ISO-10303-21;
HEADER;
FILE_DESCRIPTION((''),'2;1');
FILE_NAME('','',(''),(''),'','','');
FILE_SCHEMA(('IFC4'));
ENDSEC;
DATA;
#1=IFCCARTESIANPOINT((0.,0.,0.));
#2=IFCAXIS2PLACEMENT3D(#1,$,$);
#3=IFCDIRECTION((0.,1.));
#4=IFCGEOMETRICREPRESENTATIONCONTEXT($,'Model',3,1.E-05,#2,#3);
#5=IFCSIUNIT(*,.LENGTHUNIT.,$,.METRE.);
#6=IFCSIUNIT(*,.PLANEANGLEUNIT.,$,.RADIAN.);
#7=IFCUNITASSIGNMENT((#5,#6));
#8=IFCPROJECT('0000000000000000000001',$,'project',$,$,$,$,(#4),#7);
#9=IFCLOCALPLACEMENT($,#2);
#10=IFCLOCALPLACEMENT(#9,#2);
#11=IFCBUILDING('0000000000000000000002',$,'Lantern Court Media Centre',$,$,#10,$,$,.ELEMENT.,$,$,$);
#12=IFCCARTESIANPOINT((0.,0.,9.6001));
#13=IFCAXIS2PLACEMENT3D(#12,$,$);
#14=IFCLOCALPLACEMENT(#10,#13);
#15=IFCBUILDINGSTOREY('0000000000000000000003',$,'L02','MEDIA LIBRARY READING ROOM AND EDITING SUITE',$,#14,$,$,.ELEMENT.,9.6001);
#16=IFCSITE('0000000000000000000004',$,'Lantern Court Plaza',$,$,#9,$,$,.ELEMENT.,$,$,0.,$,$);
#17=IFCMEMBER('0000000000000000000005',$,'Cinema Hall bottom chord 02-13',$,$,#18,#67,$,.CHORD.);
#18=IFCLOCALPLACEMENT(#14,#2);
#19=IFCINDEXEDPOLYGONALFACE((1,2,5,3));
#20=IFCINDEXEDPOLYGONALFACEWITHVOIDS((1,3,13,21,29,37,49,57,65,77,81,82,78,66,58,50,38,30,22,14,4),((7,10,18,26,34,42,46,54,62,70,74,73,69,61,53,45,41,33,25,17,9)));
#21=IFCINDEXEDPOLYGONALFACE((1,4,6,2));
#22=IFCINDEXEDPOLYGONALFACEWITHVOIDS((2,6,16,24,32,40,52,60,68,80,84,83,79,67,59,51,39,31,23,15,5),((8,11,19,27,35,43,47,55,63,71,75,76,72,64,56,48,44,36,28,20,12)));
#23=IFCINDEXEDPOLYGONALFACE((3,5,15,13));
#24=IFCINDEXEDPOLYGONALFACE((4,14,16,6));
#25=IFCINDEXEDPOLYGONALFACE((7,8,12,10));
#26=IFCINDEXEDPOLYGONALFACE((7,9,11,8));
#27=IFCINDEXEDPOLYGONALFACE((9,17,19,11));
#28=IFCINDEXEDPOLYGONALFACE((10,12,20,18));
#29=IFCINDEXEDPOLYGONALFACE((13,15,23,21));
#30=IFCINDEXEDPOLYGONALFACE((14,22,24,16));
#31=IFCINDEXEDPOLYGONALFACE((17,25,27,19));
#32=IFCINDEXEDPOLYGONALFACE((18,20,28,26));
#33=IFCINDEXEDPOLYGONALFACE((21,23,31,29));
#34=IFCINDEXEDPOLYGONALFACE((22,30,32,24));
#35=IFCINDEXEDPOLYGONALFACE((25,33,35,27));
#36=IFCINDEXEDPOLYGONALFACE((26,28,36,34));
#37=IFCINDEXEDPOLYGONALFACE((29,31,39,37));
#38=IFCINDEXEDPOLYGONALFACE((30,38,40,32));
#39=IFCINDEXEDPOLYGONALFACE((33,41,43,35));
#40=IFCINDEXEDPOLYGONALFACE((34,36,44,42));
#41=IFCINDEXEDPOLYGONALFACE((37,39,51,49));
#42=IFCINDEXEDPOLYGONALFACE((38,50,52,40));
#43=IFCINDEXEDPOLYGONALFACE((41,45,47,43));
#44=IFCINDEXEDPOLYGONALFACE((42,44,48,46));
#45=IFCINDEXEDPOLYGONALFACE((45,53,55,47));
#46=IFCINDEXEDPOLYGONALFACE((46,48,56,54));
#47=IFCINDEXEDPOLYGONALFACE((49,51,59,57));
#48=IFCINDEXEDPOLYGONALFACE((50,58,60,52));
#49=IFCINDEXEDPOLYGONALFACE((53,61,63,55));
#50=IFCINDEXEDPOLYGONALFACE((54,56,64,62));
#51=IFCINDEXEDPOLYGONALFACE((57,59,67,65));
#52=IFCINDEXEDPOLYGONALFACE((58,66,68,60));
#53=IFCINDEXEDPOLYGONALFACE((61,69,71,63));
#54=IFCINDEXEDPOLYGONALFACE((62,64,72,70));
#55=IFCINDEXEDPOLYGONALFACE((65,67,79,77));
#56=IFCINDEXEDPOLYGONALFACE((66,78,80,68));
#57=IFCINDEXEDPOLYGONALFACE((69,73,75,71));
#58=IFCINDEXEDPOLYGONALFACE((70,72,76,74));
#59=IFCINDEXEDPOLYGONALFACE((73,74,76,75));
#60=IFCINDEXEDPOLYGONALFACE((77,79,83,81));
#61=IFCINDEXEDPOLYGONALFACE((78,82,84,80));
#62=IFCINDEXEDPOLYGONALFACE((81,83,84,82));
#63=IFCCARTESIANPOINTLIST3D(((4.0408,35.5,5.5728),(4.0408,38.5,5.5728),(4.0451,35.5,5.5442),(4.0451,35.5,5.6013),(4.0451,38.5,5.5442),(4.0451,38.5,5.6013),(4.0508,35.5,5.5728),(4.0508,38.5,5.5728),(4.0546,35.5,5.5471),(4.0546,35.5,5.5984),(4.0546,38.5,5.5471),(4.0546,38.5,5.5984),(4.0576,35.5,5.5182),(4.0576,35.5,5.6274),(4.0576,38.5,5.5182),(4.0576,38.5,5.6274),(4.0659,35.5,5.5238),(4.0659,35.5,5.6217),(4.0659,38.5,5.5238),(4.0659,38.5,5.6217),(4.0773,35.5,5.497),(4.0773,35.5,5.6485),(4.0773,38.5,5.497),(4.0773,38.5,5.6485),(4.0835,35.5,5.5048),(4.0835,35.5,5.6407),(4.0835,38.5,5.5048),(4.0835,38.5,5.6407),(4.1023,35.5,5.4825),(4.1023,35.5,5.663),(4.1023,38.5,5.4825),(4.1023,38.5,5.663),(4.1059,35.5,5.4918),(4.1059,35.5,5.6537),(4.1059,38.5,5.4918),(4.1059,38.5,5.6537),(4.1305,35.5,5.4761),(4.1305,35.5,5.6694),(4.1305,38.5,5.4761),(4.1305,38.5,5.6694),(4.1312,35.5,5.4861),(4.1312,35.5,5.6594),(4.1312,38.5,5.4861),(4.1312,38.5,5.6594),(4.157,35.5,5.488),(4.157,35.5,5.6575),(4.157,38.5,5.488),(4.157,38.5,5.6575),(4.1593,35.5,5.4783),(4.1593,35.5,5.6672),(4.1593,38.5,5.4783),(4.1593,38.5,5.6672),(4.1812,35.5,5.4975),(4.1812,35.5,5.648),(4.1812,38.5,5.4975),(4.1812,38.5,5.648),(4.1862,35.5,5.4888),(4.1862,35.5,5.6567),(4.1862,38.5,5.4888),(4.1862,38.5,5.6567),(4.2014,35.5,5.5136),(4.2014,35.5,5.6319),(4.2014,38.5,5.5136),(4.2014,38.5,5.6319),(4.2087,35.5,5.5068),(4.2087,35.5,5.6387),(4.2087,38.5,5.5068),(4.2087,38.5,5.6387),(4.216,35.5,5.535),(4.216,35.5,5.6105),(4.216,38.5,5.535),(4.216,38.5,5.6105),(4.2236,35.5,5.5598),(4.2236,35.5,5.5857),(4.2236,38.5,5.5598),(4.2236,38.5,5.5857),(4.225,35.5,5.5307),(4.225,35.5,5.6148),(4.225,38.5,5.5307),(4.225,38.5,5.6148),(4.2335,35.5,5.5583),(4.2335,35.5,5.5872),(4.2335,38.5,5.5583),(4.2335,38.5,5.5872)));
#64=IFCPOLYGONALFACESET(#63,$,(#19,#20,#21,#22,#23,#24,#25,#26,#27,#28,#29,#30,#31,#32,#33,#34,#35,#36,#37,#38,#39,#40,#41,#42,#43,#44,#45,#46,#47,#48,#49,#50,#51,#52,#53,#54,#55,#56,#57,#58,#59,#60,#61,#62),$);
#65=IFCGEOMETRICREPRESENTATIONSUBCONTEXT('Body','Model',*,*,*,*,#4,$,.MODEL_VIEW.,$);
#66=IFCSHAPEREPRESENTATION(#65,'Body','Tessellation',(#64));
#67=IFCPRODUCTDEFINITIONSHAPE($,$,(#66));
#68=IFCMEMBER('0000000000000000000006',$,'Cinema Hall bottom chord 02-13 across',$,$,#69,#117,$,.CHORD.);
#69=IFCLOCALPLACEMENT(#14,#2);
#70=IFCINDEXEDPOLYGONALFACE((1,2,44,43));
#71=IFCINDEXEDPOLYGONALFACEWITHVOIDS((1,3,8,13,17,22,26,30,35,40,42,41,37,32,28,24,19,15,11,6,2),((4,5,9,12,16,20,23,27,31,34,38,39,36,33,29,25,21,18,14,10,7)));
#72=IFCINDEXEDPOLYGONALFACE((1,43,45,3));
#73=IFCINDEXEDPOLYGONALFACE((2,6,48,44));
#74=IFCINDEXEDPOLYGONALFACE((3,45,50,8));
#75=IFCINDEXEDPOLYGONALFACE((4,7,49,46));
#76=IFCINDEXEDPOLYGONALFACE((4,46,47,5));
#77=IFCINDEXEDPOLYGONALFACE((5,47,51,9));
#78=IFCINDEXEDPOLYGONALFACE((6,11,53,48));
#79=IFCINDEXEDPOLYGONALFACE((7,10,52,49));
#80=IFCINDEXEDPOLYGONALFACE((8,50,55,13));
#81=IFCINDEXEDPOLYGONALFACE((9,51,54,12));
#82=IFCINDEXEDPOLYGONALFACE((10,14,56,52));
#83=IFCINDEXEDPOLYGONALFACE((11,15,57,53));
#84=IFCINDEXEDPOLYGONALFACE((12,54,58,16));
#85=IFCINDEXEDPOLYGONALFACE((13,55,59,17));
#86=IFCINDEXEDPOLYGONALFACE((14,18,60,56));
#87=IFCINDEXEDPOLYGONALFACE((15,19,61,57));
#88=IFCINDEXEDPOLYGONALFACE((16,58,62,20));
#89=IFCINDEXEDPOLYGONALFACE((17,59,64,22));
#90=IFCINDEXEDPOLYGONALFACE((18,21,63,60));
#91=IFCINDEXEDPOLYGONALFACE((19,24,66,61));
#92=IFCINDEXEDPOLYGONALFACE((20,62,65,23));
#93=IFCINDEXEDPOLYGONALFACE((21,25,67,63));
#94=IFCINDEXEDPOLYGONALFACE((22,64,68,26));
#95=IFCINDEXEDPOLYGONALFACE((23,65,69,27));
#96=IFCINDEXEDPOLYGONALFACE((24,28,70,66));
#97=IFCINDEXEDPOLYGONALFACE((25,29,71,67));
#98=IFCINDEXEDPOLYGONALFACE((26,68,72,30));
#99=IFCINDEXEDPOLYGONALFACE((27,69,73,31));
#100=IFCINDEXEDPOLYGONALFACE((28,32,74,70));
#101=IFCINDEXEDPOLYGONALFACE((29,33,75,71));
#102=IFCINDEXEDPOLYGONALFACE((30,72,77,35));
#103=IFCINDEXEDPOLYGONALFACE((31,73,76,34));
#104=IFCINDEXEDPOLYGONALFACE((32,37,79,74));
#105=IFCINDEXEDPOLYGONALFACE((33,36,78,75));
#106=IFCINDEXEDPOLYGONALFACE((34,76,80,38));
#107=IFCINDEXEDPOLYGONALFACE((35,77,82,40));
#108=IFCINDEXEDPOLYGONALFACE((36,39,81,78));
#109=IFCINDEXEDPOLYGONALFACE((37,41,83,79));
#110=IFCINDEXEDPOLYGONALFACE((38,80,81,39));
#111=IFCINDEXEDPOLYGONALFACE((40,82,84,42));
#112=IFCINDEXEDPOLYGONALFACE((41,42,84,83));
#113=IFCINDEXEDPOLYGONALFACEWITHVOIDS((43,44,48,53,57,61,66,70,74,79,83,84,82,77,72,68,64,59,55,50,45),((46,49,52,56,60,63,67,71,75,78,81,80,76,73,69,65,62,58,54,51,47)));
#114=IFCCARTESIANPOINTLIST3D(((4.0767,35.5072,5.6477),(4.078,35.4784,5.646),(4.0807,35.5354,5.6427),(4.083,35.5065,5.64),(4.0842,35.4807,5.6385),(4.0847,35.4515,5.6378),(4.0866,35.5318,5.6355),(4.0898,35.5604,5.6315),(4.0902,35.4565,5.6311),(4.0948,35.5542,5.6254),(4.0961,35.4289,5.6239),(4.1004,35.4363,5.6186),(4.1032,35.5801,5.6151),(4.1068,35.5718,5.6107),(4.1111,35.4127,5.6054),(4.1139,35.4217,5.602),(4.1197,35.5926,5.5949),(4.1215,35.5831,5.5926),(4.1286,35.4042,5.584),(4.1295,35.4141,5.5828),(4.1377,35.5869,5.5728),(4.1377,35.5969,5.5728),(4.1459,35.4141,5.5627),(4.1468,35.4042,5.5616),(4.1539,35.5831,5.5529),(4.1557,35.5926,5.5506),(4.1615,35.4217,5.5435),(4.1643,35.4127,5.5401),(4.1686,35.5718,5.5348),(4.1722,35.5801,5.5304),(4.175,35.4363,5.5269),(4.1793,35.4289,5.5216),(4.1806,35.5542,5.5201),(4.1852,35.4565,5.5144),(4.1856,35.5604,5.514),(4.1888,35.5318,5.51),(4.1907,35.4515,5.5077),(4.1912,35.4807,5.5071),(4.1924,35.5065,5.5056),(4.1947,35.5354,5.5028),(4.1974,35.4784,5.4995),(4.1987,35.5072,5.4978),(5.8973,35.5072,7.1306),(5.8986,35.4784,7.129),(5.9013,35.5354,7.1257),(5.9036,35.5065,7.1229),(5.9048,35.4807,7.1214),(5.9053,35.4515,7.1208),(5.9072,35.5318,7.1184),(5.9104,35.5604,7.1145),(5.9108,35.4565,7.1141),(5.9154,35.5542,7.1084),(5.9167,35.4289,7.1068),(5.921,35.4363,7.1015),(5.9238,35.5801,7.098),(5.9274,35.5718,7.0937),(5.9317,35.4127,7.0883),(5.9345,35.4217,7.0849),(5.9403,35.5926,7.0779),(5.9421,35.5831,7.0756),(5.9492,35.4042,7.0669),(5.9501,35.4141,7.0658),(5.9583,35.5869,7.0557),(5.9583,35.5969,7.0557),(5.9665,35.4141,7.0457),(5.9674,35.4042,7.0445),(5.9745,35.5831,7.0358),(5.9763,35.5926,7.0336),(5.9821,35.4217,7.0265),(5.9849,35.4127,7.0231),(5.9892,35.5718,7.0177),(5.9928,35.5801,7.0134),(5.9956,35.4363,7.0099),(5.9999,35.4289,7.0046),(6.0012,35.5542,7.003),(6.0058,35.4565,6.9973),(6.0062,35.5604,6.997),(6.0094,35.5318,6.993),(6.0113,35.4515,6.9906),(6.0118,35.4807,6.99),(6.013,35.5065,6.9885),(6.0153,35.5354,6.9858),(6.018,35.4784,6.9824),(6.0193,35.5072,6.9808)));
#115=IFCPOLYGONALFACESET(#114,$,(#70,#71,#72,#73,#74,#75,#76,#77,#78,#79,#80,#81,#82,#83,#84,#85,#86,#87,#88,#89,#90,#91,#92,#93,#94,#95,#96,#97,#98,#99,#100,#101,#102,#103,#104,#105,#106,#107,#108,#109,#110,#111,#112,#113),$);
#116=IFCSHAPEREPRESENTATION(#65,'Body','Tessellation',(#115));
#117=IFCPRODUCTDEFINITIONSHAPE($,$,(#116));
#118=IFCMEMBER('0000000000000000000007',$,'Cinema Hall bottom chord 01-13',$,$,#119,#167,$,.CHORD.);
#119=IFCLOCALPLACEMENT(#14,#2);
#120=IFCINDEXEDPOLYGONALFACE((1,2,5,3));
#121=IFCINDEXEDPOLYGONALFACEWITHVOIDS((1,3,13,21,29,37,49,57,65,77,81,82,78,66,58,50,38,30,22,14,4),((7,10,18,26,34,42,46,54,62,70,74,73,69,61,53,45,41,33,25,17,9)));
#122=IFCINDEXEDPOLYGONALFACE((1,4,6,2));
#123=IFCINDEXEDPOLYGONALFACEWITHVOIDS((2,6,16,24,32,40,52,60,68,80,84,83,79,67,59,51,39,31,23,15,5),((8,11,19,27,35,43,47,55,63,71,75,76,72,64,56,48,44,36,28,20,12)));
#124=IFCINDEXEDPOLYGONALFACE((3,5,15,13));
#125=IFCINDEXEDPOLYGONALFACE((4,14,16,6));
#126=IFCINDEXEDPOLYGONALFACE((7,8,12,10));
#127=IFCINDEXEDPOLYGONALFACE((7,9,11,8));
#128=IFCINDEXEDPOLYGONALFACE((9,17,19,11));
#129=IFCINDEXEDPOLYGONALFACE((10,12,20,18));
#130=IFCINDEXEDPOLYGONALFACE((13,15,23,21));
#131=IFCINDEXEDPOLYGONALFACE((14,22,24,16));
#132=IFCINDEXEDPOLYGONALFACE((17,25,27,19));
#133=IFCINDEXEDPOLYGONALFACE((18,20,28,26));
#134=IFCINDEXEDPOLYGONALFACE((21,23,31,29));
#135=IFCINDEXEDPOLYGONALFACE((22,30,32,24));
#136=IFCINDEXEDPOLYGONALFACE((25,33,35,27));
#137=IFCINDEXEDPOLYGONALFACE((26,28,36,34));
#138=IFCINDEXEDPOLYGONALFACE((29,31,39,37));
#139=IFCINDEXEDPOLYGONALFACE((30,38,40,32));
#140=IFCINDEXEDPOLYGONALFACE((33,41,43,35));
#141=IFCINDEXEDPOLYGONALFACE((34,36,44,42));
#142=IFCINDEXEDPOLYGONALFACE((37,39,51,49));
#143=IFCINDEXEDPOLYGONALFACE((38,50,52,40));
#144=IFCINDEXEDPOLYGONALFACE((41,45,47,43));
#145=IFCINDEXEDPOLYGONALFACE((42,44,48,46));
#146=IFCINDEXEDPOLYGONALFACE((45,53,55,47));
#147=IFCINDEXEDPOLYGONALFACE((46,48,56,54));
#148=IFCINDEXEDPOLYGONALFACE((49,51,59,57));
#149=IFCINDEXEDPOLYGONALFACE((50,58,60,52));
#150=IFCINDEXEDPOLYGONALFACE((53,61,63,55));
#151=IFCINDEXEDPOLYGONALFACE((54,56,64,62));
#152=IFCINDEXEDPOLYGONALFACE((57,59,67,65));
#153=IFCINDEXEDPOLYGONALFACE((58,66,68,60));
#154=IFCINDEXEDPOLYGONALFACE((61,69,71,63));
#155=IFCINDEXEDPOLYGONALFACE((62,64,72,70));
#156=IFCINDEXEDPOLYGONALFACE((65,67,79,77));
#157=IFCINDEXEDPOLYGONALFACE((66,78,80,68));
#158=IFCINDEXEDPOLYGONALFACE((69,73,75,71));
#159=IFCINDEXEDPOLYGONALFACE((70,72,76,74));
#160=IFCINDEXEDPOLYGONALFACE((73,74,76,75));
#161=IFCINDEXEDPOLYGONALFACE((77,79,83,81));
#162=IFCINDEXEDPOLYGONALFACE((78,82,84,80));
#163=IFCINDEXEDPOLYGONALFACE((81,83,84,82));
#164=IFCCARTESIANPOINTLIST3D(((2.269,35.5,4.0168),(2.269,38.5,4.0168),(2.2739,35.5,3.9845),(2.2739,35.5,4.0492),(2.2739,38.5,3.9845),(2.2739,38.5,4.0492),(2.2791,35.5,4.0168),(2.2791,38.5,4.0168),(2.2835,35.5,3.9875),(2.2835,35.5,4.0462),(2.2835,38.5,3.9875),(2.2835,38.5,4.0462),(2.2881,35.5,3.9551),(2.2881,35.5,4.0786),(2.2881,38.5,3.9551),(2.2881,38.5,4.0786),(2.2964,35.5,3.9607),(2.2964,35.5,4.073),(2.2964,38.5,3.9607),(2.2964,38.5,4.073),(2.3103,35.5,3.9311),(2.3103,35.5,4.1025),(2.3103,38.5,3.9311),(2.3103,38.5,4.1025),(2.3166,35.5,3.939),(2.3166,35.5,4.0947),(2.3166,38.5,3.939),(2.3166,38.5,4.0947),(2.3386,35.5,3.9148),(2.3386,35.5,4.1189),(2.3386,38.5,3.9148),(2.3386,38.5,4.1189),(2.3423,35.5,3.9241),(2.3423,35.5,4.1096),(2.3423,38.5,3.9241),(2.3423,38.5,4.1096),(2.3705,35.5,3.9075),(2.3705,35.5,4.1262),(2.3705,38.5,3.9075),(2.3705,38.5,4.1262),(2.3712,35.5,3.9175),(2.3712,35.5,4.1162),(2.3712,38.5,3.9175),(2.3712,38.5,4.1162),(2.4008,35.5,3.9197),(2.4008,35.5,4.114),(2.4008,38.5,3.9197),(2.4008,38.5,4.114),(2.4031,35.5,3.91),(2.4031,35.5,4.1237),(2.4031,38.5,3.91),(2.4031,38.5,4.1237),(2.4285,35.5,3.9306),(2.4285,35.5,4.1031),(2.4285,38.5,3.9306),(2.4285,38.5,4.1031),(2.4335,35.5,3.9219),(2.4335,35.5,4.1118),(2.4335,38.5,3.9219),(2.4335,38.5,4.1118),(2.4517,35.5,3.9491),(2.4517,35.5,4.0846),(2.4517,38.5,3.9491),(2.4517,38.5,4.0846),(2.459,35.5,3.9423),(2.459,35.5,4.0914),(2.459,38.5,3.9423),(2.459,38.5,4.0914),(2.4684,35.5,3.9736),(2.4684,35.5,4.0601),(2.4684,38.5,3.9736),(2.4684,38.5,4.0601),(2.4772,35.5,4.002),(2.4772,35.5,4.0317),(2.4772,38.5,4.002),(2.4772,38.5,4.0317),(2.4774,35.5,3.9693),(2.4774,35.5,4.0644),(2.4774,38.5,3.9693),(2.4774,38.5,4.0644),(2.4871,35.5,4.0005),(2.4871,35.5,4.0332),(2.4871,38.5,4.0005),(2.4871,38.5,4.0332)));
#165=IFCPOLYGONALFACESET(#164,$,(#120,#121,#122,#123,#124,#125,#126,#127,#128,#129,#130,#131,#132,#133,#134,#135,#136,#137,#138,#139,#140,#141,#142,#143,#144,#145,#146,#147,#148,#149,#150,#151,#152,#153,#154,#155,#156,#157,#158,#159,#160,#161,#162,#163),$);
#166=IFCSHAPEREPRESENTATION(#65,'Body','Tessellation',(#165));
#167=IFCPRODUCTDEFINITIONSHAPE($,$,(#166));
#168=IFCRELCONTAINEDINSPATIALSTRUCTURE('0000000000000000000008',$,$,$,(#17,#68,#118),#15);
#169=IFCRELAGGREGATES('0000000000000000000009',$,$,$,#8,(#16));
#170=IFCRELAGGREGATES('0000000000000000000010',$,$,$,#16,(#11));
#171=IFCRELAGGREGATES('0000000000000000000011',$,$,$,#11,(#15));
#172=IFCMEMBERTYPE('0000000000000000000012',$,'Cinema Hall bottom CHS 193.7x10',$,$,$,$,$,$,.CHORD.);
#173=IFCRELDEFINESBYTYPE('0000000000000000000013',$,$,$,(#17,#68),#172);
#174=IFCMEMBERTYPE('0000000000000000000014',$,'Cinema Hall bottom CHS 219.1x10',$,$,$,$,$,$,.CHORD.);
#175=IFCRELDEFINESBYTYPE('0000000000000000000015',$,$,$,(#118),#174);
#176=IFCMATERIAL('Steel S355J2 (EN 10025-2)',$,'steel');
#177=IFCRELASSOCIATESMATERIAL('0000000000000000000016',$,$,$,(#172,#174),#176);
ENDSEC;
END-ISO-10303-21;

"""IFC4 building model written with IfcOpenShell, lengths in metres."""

from ifc_helpers import new_model, si_unit, direction, frame, origin, origin_2d, place, context, subcontext, project, spatial, hollow_circle, extrude, material, material_profile, profile_set, type_object, element, save


model = new_model("IFC4")

# Units and contexts
model_context = context("Model", 3, precision=1e-05, world=origin(), true_north=direction((0.0, 1.0)))
body_context = subcontext(model_context, "Body", "Model", "MODEL_VIEW")
ifc_project = project(units=[si_unit("LENGTHUNIT", "METRE"), si_unit("PLANEANGLEUNIT", "RADIAN")], contexts=[model_context])

# Site, building, storey
site_placement = place(None, origin())
site = spatial("IfcSite", under=ifc_project, at=site_placement, Name="Lantern Court Plaza", CompositionType="ELEMENT", RefElevation=0.0)
building_placement = place(site_placement, origin())
building = spatial("IfcBuilding", under=site, at=building_placement, Name="Lantern Court Media Centre", CompositionType="ELEMENT")
storey_placement = place(building_placement, frame((0.0, 0.0, 9.6001)))
storey = spatial("IfcBuildingStorey", under=building, at=storey_placement, Name="L02", Description="MEDIA LIBRARY READING ROOM AND EDITING SUITE", CompositionType="ELEMENT", Elevation=9.6001)

# Members
ifc_material_1 = material(Name="Steel S355J2 (EN 10025-2)", Category="steel")
ifc_material_profile_1 = material_profile(ifc_material_1, hollow_circle(Radius=0.0969, WallThickness=0.01, at=origin_2d()), Name="Cinema Hall bottom CHS 193.7x10")
ifc_profile_set_1 = profile_set([ifc_material_profile_1], Name="Steel S355J2 (EN 10025-2)")
member_type_1 = type_object("IfcMemberType", Name="Cinema Hall bottom CHS 193.7x10", PredefinedType="CHORD", material=ifc_profile_set_1)
member_1_placement = place(storey_placement, frame((4.1377, 35.5, 5.5728), z_axis=(0.0, 1.0, 0.0), x_axis=(-1.0, 0.0, 0.0)))
element("IfcMember", 1, at=member_1_placement, inside=storey, type_object=member_type_1, Name="Cinema Hall bottom chord 02-13", PredefinedType="CHORD", context=body_context, shape_type="SweptSolid", body=[
    extrude(hollow_circle(Radius=0.0969, WallThickness=0.01, at=origin_2d()), origin(), (0.0, 0.0, 1.0), 3.0),
])
member_2_placement = place(storey_placement, frame((4.1377, 35.5, 5.5728), z_axis=(0.775341, 0.0, 0.631543), x_axis=(0.0, 1.0, 0.0)))
element("IfcMember", 2, at=member_2_placement, inside=storey, type_object=member_type_1, Name="Cinema Hall bottom chord 02-13 across", PredefinedType="CHORD", context=body_context, shape_type="SweptSolid", body=[
    extrude(hollow_circle(Radius=0.0969, WallThickness=0.01, at=origin_2d()), origin(), (0.0, 0.0, 1.0), 2.3481),
])
ifc_material_profile_2 = material_profile(ifc_material_1, hollow_circle(Radius=0.1096, WallThickness=0.01, at=origin_2d()), Name="Cinema Hall bottom CHS 219.1x10")
ifc_profile_set_2 = profile_set([ifc_material_profile_2], Name="Steel S355J2 (EN 10025-2)")
member_type_2 = type_object("IfcMemberType", Name="Cinema Hall bottom CHS 219.1x10", PredefinedType="CHORD", material=ifc_profile_set_2)
member_3_placement = place(storey_placement, frame((2.3787, 35.5, 4.0168), z_axis=(0.0, 1.0, 0.0), x_axis=(-1.0, 0.0, 0.0)))
element("IfcMember", 3, at=member_3_placement, inside=storey, type_object=member_type_2, Name="Cinema Hall bottom chord 01-13", PredefinedType="CHORD", context=body_context, shape_type="SweptSolid", body=[
    extrude(hollow_circle(Radius=0.1096, WallThickness=0.01, at=origin_2d()), origin(), (0.0, 0.0, 1.0), 3.0),
])

save(model, "model.ifc")
